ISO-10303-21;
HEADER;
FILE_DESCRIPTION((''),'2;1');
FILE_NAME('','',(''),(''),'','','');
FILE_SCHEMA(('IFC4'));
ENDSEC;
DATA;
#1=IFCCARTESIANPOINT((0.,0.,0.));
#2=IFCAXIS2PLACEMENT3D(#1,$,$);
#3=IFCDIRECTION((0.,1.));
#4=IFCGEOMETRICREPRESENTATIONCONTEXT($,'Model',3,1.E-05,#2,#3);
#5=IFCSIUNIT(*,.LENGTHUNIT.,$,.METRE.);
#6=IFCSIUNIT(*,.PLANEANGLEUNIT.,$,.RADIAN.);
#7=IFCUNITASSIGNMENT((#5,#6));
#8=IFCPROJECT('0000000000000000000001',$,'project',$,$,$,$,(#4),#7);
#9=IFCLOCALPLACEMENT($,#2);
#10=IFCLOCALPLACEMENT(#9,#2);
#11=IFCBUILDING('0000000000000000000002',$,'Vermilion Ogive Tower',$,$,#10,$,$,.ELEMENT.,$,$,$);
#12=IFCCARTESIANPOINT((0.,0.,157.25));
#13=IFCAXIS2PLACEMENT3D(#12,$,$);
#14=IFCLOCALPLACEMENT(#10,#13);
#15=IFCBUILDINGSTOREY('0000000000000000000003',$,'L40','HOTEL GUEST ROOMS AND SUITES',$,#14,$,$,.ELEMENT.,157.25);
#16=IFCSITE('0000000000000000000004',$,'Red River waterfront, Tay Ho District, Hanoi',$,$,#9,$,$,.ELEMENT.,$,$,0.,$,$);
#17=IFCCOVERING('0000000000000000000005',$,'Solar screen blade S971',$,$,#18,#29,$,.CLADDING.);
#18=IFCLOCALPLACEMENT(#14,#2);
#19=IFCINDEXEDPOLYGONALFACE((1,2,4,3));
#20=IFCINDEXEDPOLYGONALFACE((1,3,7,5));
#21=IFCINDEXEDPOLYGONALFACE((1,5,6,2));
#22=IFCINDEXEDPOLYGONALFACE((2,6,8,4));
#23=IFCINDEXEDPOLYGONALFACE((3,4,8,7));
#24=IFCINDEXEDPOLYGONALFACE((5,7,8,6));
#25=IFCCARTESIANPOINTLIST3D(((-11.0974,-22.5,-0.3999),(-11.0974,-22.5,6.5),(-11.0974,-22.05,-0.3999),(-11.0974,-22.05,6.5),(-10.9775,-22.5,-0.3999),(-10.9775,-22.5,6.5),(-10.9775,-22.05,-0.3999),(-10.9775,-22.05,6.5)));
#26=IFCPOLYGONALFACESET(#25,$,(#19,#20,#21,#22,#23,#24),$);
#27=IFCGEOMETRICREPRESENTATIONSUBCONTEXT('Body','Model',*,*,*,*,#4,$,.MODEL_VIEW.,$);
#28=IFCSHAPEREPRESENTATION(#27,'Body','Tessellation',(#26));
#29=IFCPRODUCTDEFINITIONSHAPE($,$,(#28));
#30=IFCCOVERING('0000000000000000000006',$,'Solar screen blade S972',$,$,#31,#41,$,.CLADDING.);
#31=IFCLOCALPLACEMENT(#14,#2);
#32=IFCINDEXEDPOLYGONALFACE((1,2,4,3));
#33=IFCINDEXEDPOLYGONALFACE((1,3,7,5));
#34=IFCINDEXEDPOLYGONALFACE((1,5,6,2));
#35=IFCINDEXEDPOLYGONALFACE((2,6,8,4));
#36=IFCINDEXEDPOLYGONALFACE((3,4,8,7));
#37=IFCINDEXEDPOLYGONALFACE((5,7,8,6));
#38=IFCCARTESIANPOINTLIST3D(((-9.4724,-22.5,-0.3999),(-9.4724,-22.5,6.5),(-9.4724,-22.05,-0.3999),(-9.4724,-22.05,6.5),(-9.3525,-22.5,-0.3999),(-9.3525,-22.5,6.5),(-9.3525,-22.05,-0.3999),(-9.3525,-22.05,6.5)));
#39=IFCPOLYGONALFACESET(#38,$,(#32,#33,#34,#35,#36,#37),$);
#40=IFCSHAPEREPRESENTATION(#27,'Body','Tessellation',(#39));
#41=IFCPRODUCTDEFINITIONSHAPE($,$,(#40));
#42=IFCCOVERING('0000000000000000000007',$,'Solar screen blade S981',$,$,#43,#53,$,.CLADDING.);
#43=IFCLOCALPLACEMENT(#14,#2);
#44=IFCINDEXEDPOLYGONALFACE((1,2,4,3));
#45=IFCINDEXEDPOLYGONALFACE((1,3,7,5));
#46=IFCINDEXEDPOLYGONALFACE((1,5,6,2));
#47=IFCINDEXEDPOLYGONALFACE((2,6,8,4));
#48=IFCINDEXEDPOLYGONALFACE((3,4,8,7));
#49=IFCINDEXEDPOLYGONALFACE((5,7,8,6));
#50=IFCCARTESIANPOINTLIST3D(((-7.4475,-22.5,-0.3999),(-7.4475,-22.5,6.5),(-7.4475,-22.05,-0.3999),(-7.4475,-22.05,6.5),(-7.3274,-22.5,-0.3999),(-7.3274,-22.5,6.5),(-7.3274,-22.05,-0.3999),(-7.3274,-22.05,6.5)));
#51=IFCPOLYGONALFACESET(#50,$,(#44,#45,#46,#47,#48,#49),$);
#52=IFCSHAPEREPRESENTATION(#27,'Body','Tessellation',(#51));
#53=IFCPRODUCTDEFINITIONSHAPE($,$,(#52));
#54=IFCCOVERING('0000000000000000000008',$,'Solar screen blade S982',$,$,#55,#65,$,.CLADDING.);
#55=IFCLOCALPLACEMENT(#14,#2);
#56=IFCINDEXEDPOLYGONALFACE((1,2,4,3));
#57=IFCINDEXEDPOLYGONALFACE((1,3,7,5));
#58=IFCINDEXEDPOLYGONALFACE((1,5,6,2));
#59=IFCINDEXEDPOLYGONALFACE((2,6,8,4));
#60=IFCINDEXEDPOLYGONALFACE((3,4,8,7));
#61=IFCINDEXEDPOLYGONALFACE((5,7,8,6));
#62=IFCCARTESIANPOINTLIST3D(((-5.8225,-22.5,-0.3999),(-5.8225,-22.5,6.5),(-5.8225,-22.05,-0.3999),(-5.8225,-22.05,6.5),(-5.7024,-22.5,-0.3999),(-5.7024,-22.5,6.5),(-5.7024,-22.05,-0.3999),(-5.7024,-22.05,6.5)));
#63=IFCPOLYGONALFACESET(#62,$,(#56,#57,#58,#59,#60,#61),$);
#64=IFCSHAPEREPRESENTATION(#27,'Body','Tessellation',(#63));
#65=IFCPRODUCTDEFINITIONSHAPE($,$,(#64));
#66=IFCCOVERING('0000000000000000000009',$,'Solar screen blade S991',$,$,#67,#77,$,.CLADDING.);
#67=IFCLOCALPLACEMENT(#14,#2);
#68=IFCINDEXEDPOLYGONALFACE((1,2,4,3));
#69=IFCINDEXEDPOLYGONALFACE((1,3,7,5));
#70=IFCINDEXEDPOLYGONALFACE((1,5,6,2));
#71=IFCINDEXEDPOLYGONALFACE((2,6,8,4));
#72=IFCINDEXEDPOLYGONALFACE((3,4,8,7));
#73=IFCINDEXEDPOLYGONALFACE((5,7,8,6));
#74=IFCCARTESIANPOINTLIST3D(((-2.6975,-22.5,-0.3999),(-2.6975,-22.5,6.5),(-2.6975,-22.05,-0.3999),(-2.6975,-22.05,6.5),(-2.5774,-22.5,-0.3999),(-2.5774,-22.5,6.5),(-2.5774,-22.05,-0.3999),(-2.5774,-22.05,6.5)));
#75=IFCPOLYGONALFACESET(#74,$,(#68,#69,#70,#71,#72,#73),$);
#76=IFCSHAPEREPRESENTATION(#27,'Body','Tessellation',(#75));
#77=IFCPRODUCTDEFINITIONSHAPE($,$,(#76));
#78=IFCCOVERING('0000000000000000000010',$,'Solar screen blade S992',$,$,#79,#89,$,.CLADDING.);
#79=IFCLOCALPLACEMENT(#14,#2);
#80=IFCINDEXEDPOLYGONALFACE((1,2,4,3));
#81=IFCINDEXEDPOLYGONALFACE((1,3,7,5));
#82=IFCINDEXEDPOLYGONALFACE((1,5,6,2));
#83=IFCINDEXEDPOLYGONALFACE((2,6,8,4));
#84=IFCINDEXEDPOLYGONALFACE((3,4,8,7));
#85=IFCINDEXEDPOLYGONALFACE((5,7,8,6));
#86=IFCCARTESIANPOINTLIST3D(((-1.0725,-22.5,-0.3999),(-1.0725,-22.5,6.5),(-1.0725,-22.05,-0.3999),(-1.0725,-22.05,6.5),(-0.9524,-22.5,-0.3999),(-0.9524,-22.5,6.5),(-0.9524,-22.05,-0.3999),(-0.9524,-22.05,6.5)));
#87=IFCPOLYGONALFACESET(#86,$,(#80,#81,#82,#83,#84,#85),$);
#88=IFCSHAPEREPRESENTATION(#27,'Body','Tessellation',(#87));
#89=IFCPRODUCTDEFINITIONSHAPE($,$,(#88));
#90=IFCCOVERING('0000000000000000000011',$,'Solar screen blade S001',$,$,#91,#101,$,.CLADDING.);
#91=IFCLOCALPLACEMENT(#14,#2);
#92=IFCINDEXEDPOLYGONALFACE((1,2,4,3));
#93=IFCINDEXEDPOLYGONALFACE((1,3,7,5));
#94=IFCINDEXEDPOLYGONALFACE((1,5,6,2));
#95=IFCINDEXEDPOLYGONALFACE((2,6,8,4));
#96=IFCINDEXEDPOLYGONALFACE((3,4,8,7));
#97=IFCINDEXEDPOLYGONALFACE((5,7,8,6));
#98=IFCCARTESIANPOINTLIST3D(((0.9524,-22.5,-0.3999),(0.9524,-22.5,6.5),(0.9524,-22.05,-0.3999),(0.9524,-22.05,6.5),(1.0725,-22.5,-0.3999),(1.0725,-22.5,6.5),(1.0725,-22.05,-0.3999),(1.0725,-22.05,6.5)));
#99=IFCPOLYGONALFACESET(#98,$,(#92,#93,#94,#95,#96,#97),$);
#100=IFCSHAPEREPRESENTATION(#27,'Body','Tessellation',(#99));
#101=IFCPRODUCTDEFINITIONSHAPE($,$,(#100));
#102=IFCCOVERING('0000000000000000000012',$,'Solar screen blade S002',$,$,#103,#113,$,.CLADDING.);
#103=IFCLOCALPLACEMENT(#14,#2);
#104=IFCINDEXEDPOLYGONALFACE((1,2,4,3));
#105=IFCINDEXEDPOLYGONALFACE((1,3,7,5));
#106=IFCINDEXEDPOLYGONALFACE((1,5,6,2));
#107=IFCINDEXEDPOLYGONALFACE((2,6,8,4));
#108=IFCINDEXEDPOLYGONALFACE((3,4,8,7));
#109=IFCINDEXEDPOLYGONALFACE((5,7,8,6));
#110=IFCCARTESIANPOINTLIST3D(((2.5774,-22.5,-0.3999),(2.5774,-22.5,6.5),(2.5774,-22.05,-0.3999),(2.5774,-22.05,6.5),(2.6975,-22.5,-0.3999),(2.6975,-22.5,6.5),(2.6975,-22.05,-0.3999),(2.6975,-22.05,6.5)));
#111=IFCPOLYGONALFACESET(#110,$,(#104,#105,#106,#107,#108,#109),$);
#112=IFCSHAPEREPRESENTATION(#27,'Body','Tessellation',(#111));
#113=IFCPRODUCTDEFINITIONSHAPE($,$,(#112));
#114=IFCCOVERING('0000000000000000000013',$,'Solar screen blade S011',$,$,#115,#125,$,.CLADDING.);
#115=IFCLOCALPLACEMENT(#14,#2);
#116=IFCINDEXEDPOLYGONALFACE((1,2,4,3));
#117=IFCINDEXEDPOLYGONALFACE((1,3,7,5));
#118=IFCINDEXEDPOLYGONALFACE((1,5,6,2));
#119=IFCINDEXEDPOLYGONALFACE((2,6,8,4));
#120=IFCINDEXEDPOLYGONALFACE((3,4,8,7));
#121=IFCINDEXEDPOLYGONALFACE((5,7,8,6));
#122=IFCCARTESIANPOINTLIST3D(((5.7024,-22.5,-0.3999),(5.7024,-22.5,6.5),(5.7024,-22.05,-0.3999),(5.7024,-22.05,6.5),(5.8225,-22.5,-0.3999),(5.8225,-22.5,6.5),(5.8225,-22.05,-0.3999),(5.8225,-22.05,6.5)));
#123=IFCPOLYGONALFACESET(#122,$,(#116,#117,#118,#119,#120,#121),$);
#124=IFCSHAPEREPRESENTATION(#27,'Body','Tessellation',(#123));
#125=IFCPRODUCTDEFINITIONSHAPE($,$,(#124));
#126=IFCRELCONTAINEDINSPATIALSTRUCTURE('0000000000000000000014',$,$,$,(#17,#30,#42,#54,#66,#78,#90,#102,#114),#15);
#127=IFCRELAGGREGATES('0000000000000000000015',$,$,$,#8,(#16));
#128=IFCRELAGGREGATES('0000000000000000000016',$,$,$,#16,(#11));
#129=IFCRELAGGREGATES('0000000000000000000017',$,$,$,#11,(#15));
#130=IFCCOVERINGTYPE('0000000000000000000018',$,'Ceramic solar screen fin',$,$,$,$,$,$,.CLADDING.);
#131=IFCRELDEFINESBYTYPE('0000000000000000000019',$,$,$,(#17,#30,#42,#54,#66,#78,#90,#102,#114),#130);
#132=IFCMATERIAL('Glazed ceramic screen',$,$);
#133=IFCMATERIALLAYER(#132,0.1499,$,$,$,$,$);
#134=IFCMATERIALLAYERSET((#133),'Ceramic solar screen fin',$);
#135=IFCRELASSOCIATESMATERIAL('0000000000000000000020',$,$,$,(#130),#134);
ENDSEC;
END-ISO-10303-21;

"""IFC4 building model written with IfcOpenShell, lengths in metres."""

from ifc_helpers import new_model, si_unit, direction, frame, origin, place, context, subcontext, project, spatial, polyline, outline, extrude, material, layer, layer_set, type_object, element, save


model = new_model("IFC4")

# Units and contexts
model_context = context("Model", 3, precision=1e-05, world=origin(), true_north=direction((0.0, 1.0)))
body_context = subcontext(model_context, "Body", "Model", "MODEL_VIEW")
ifc_project = project(units=[si_unit("LENGTHUNIT", "METRE"), si_unit("PLANEANGLEUNIT", "RADIAN")], contexts=[model_context])

# Site, building, storey
site_placement = place(None, origin())
site = spatial("IfcSite", under=ifc_project, at=site_placement, Name="Red River waterfront, Tay Ho District, Hanoi", CompositionType="ELEMENT", RefElevation=0.0)
building_placement = place(site_placement, origin())
building = spatial("IfcBuilding", under=site, at=building_placement, Name="Vermilion Ogive Tower", CompositionType="ELEMENT")
storey_placement = place(building_placement, frame((0.0, 0.0, 157.25)))
storey = spatial("IfcBuildingStorey", under=building, at=storey_placement, Name="L40", Description="HOTEL GUEST ROOMS AND SUITES", CompositionType="ELEMENT", Elevation=157.25)

# Coverings
ifc_material_1 = material(Name="Glazed ceramic screen")
ifc_layer_1 = layer(ifc_material_1, 0.1499)
ifc_layer_set_1 = layer_set([ifc_layer_1], Name="Ceramic solar screen fin")
covering_type = type_object("IfcCoveringType", Name="Ceramic solar screen fin", PredefinedType="CLADDING", material=ifc_layer_set_1)
covering_1_placement = place(storey_placement, frame((0.0, 0.0, -0.3999)))
element("IfcCovering", 1, at=covering_1_placement, inside=storey, type_object=covering_type, Name="Solar screen blade S971", PredefinedType="CLADDING", context=body_context, shape_type="SweptSolid", body=[
    extrude(outline(polyline([(-11.0974, -22.5), (-10.9775, -22.5), (-10.9775, -22.05), (-11.0974, -22.05), (-11.0974, -22.5)])), origin(), (0.0, 0.0, 1.0), 6.8999),
])
covering_2_placement = place(storey_placement, frame((0.0, 0.0, -0.3999)))
element("IfcCovering", 2, at=covering_2_placement, inside=storey, type_object=covering_type, Name="Solar screen blade S972", PredefinedType="CLADDING", context=body_context, shape_type="SweptSolid", body=[
    extrude(outline(polyline([(-9.4724, -22.5), (-9.3525, -22.5), (-9.3525, -22.05), (-9.4724, -22.05), (-9.4724, -22.5)])), origin(), (0.0, 0.0, 1.0), 6.8999),
])
covering_3_placement = place(storey_placement, frame((0.0, 0.0, -0.3999)))
element("IfcCovering", 3, at=covering_3_placement, inside=storey, type_object=covering_type, Name="Solar screen blade S981", PredefinedType="CLADDING", context=body_context, shape_type="SweptSolid", body=[
    extrude(outline(polyline([(-7.4475, -22.5), (-7.3274, -22.5), (-7.3274, -22.05), (-7.4475, -22.05), (-7.4475, -22.5)])), origin(), (0.0, 0.0, 1.0), 6.8999),
])
covering_4_placement = place(storey_placement, frame((0.0, 0.0, -0.3999)))
element("IfcCovering", 4, at=covering_4_placement, inside=storey, type_object=covering_type, Name="Solar screen blade S982", PredefinedType="CLADDING", context=body_context, shape_type="SweptSolid", body=[
    extrude(outline(polyline([(-5.8225, -22.5), (-5.7024, -22.5), (-5.7024, -22.05), (-5.8225, -22.05), (-5.8225, -22.5)])), origin(), (0.0, 0.0, 1.0), 6.8999),
])
covering_5_placement = place(storey_placement, frame((0.0, 0.0, -0.3999)))
element("IfcCovering", 5, at=covering_5_placement, inside=storey, type_object=covering_type, Name="Solar screen blade S991", PredefinedType="CLADDING", context=body_context, shape_type="SweptSolid", body=[
    extrude(outline(polyline([(-2.6975, -22.5), (-2.5774, -22.5), (-2.5774, -22.05), (-2.6975, -22.05), (-2.6975, -22.5)])), origin(), (0.0, 0.0, 1.0), 6.8999),
])
covering_6_placement = place(storey_placement, frame((0.0, 0.0, -0.3999)))
element("IfcCovering", 6, at=covering_6_placement, inside=storey, type_object=covering_type, Name="Solar screen blade S992", PredefinedType="CLADDING", context=body_context, shape_type="SweptSolid", body=[
    extrude(outline(polyline([(-1.0725, -22.5), (-0.9524, -22.5), (-0.9524, -22.05), (-1.0725, -22.05), (-1.0725, -22.5)])), origin(), (0.0, 0.0, 1.0), 6.8999),
])
covering_7_placement = place(storey_placement, frame((0.0, 0.0, -0.3999)))
element("IfcCovering", 7, at=covering_7_placement, inside=storey, type_object=covering_type, Name="Solar screen blade S001", PredefinedType="CLADDING", context=body_context, shape_type="SweptSolid", body=[
    extrude(outline(polyline([(0.9524, -22.5), (1.0725, -22.5), (1.0725, -22.05), (0.9524, -22.05), (0.9524, -22.5)])), origin(), (0.0, 0.0, 1.0), 6.8999),
])
covering_8_placement = place(storey_placement, frame((0.0, 0.0, -0.3999)))
element("IfcCovering", 8, at=covering_8_placement, inside=storey, type_object=covering_type, Name="Solar screen blade S002", PredefinedType="CLADDING", context=body_context, shape_type="SweptSolid", body=[
    extrude(outline(polyline([(2.5774, -22.5), (2.6975, -22.5), (2.6975, -22.05), (2.5774, -22.05), (2.5774, -22.5)])), origin(), (0.0, 0.0, 1.0), 6.8999),
])
covering_9_placement = place(storey_placement, frame((0.0, 0.0, -0.3999)))
element("IfcCovering", 9, at=covering_9_placement, inside=storey, type_object=covering_type, Name="Solar screen blade S011", PredefinedType="CLADDING", context=body_context, shape_type="SweptSolid", body=[
    extrude(outline(polyline([(5.7024, -22.5), (5.8225, -22.5), (5.8225, -22.05), (5.7024, -22.05), (5.7024, -22.5)])), origin(), (0.0, 0.0, 1.0), 6.8999),
])

save(model, "model.ifc")
